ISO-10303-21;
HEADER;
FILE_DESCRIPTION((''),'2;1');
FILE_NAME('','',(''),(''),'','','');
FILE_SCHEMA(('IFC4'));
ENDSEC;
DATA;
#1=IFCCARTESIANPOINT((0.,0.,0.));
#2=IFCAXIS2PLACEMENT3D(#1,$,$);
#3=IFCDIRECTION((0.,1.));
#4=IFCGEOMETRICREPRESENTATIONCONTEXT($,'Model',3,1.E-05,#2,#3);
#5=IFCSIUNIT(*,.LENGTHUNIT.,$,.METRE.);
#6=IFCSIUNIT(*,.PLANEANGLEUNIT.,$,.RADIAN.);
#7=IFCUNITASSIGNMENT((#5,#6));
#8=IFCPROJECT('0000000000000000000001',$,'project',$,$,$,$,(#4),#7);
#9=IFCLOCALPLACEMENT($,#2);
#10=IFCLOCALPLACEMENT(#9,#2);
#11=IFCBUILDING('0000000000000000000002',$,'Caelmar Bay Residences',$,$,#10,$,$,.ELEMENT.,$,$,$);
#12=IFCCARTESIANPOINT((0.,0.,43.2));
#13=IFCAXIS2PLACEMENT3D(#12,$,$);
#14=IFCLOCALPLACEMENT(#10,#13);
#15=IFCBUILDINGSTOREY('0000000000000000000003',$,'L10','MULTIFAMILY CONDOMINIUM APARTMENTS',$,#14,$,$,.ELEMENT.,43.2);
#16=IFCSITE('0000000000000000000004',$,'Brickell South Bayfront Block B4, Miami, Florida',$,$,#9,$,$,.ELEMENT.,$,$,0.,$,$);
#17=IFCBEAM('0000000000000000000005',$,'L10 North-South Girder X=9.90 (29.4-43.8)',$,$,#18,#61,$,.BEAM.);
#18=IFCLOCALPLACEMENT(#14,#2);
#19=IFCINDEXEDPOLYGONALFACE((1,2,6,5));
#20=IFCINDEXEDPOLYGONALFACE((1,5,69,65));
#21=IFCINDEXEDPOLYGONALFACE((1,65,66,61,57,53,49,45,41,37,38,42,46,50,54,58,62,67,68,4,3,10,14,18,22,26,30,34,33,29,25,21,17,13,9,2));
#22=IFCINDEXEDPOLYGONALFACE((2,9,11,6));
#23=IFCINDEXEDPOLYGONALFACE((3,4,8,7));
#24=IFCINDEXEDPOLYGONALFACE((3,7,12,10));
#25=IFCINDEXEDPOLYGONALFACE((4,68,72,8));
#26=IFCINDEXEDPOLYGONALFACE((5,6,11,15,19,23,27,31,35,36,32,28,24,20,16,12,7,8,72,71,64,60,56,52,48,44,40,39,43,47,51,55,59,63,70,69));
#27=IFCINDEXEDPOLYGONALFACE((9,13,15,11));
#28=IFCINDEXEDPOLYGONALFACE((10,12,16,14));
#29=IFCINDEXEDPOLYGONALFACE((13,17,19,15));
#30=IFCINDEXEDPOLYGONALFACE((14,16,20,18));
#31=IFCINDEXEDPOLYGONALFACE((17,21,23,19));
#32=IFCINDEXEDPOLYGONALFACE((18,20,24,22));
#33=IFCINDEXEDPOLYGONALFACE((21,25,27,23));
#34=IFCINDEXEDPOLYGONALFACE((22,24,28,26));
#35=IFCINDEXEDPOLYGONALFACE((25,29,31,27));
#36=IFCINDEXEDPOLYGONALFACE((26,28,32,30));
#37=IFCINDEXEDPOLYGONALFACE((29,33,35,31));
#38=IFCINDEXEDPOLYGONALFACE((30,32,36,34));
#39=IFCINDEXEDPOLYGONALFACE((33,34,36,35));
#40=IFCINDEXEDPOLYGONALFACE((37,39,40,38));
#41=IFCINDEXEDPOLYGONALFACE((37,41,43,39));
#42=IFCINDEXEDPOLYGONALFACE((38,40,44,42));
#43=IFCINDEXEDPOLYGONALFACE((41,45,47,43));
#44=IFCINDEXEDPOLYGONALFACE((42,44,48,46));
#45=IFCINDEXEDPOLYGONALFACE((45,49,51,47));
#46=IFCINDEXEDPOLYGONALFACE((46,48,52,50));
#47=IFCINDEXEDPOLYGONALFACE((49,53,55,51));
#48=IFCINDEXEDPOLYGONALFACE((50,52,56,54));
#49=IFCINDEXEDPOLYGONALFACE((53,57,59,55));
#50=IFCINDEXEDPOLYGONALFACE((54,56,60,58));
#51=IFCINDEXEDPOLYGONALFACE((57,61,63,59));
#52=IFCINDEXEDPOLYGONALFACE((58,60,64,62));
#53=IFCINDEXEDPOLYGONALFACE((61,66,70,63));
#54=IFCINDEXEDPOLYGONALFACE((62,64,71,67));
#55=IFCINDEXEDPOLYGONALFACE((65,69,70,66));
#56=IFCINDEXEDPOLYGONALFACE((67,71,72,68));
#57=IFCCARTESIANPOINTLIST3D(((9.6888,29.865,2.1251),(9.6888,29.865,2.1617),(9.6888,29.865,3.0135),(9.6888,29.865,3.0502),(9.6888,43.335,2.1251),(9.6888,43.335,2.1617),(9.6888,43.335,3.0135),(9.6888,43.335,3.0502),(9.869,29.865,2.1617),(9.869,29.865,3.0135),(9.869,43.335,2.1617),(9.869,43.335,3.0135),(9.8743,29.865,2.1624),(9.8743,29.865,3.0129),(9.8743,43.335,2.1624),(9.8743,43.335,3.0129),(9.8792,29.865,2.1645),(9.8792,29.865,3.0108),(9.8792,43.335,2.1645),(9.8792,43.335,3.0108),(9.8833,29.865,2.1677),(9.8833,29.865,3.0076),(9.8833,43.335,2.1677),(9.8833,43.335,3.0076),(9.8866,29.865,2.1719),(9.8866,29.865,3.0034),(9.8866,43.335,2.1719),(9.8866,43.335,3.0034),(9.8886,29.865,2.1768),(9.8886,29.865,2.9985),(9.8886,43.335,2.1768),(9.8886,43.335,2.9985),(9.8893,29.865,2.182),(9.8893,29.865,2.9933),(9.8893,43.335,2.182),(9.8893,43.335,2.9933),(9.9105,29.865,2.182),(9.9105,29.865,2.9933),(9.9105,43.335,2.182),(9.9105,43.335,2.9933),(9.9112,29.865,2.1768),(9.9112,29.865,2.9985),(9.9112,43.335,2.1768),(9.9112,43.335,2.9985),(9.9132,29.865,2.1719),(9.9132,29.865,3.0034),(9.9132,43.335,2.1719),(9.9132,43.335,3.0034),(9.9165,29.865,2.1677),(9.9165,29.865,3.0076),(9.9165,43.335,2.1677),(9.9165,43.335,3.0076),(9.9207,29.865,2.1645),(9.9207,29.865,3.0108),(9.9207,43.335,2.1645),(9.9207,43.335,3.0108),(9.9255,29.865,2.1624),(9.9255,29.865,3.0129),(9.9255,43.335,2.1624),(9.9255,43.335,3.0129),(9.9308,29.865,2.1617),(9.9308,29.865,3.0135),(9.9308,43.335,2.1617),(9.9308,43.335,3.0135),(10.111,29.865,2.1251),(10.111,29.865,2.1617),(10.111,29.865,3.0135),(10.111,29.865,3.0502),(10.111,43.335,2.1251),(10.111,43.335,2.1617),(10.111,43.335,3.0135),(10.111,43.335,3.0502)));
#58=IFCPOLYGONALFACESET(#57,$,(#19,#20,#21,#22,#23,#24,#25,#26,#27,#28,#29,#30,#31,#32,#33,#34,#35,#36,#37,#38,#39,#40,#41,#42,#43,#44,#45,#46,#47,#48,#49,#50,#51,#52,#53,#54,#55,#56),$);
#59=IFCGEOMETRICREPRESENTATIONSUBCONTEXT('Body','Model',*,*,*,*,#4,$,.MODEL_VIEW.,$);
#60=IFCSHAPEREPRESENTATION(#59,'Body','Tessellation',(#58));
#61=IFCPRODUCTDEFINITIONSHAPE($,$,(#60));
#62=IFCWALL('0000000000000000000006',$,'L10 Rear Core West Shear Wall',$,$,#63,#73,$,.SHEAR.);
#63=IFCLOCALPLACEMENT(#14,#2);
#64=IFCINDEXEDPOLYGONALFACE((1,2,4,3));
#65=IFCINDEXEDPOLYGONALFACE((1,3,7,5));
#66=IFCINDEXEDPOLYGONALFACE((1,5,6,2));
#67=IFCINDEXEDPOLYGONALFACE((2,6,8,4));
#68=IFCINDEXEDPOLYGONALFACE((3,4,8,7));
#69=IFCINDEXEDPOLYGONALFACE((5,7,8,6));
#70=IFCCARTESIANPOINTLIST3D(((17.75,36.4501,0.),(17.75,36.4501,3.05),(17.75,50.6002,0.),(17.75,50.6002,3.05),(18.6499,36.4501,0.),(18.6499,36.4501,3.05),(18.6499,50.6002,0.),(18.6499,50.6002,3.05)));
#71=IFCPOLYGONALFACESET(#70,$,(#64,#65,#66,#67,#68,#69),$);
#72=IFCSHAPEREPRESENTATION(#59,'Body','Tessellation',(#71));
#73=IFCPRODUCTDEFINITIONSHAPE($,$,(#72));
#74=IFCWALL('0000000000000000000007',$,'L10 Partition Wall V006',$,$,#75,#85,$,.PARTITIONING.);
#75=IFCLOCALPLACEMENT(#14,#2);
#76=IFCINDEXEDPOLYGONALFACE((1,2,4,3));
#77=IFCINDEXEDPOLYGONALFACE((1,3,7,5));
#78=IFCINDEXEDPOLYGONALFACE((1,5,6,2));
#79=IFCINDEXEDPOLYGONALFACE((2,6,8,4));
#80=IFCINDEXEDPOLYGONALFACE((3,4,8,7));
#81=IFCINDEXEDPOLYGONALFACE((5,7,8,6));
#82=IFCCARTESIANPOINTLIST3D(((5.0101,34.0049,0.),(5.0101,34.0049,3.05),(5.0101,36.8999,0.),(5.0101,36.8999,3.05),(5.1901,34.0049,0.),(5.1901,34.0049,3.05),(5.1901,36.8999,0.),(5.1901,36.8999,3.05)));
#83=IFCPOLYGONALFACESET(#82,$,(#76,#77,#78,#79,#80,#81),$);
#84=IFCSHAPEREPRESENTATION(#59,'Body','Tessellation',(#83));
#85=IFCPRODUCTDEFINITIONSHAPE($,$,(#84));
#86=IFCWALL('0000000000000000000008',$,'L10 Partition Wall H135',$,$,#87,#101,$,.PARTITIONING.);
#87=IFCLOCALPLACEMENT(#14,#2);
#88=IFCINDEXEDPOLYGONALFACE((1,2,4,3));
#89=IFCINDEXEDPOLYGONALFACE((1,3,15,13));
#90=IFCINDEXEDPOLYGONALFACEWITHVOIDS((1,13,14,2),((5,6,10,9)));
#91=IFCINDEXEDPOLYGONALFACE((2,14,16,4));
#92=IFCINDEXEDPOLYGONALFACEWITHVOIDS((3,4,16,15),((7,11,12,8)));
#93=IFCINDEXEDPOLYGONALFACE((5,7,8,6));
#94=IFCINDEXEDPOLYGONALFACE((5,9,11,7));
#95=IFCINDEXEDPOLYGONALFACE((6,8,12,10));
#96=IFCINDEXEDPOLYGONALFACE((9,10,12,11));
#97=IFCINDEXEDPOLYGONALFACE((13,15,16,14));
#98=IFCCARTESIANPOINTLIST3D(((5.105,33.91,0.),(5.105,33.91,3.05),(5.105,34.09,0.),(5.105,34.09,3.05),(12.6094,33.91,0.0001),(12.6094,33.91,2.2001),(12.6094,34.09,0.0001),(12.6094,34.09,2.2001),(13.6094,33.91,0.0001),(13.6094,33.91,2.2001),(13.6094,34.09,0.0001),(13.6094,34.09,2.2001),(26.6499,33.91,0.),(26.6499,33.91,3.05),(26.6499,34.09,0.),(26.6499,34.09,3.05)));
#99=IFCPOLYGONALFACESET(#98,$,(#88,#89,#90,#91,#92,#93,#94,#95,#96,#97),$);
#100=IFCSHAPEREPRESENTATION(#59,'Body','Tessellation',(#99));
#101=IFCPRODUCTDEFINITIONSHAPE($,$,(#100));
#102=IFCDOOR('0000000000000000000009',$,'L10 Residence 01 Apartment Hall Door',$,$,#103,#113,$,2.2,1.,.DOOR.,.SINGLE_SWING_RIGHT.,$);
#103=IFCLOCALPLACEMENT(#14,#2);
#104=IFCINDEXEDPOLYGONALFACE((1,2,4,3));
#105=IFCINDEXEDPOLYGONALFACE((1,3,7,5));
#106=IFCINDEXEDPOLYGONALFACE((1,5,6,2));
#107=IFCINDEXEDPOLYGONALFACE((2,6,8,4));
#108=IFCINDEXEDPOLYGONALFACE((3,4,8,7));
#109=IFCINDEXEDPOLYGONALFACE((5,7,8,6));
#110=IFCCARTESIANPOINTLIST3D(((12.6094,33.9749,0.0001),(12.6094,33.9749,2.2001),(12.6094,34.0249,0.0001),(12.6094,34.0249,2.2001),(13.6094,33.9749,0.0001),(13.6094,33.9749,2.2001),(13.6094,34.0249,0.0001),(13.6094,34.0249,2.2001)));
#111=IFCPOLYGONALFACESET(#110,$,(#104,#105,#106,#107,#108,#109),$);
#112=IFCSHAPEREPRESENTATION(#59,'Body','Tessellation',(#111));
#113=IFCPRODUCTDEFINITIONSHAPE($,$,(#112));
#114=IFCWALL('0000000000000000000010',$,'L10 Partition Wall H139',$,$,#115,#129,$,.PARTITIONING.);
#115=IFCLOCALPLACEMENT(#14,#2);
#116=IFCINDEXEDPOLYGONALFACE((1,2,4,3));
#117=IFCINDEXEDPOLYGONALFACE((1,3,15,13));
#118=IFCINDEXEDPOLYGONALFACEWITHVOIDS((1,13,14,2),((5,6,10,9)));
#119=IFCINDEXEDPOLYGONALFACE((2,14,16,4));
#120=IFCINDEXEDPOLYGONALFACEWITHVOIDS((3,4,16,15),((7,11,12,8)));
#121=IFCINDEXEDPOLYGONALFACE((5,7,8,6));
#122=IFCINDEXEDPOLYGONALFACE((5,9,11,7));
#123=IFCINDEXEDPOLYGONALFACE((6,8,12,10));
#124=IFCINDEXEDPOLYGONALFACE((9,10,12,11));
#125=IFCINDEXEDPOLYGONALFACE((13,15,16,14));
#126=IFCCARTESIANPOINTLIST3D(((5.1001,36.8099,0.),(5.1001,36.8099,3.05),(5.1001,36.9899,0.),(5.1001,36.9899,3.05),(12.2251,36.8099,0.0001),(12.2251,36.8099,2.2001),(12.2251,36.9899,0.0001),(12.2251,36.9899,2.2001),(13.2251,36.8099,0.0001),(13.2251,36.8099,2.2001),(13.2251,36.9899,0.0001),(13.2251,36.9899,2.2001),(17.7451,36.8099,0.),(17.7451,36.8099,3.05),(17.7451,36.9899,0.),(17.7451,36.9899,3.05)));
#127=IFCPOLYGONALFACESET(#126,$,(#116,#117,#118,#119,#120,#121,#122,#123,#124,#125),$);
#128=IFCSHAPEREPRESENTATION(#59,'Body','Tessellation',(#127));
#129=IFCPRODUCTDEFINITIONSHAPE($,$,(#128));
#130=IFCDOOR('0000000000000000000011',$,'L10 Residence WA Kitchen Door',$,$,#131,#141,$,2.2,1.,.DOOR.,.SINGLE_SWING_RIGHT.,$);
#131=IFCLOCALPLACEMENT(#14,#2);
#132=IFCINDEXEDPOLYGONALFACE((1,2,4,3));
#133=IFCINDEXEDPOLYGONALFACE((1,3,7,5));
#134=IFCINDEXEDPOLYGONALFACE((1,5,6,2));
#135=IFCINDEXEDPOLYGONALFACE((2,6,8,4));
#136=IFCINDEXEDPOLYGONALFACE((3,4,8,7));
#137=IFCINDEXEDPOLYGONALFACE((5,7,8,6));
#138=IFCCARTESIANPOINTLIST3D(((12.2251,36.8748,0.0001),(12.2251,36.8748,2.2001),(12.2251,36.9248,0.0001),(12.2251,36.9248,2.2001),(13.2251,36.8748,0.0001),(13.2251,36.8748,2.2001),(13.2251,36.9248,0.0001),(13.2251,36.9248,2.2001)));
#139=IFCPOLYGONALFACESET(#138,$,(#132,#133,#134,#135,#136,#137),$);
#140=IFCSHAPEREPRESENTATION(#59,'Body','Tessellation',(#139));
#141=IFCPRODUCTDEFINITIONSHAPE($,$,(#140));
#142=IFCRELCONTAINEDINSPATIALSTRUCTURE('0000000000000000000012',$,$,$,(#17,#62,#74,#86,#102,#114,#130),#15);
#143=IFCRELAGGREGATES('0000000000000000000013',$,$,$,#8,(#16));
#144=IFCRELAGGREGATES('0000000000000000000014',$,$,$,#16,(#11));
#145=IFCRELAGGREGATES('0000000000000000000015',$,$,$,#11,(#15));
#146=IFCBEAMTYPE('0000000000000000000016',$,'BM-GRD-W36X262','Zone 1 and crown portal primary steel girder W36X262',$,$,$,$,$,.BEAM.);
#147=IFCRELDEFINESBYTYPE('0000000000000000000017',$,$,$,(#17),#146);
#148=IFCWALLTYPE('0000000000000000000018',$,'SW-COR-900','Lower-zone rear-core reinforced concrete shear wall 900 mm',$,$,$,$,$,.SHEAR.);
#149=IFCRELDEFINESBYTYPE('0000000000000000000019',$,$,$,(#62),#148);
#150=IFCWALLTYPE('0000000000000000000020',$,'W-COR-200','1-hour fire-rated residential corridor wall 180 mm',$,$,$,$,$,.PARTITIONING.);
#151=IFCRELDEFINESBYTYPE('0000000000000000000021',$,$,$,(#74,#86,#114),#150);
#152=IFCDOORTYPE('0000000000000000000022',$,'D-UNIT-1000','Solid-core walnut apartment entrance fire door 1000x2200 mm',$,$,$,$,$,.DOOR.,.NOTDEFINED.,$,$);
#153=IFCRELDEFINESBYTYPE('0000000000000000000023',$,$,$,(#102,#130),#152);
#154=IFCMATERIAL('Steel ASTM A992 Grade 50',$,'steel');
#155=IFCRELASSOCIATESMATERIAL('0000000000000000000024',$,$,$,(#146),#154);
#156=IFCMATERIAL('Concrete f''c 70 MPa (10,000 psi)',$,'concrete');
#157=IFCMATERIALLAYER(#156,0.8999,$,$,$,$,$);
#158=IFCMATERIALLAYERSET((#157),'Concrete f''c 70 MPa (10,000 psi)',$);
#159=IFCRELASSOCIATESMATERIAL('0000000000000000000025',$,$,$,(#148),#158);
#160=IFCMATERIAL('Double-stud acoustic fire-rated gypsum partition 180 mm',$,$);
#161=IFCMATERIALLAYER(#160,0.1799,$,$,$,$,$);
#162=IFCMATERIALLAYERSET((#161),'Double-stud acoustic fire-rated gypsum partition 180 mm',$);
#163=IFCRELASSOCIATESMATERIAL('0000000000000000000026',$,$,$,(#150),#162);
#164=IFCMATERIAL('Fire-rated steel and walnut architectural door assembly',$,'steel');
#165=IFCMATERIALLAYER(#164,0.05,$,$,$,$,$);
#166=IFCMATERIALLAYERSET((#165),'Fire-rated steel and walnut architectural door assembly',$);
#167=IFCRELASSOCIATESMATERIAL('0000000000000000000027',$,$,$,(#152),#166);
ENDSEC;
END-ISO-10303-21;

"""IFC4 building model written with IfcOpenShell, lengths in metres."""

from ifc_helpers import new_model, si_unit, direction, frame, frame_2d, origin, origin_2d, place, context, subcontext, project, spatial, rectangle, i_section, extrude, material, layer, layer_set, material_profile, profile_set, type_object, element, fill, save


model = new_model("IFC4")

# Units and contexts
model_context = context("Model", 3, precision=1e-05, world=origin(), true_north=direction((0.0, 1.0)))
body_context = subcontext(model_context, "Body", "Model", "MODEL_VIEW")
ifc_project = project(units=[si_unit("LENGTHUNIT", "METRE"), si_unit("PLANEANGLEUNIT", "RADIAN")], contexts=[model_context])

# Site, building, storey
site_placement = place(None, origin())
site = spatial("IfcSite", under=ifc_project, at=site_placement, Name="Brickell South Bayfront Block B4, Miami, Florida", CompositionType="ELEMENT", RefElevation=0.0)
building_placement = place(site_placement, origin())
building = spatial("IfcBuilding", under=site, at=building_placement, Name="Caelmar Bay Residences", CompositionType="ELEMENT")
storey_placement = place(building_placement, frame((0.0, 0.0, 43.2)))
storey = spatial("IfcBuildingStorey", under=building, at=storey_placement, Name="L10", Description="MULTIFAMILY CONDOMINIUM APARTMENTS", CompositionType="ELEMENT", Elevation=43.2)

# Beam
ifc_material_1 = material(Name="Steel ASTM A992 Grade 50", Category="steel")
ifc_material_profile_1 = material_profile(ifc_material_1, i_section(OverallWidth=0.4221, OverallDepth=0.925, WebThickness=0.0212, FlangeThickness=0.0366, FilletRadius=0.0203, at=origin_2d()), Name="W36X262")
ifc_profile_set_1 = profile_set([ifc_material_profile_1], Name="Steel ASTM A992 Grade 50")
beam_type = type_object("IfcBeamType", Name="BM-GRD-W36X262", Description="Zone 1 and crown portal primary steel girder W36X262", PredefinedType="BEAM", material=ifc_profile_set_1)
beam_placement = place(storey_placement, frame((9.8999, 29.865, 2.5876), z_axis=(0.0, 1.0, 0.0), x_axis=(-1.0, 0.0, 0.0)))
element("IfcBeam", 1, at=beam_placement, inside=storey, type_object=beam_type, Name="L10 North-South Girder X=9.90 (29.4-43.8)", PredefinedType="BEAM", context=body_context, shape_type="SweptSolid", body=[
    extrude(i_section(OverallWidth=0.4221, OverallDepth=0.925, WebThickness=0.0212, FlangeThickness=0.0366, FilletRadius=0.0203, at=origin_2d()), origin(), (0.0, 0.0, 1.0), 13.47),
])

# Shared definitions
ifc_material_2 = material(Name="Concrete f'c 70 MPa (10,000 psi)", Category="concrete")
ifc_layer_1 = layer(ifc_material_2, 0.8999)
ifc_layer_set_1 = layer_set([ifc_layer_1], Name="Concrete f'c 70 MPa (10,000 psi)")
wall_type_1 = type_object("IfcWallType", Name="SW-COR-900", Description="Lower-zone rear-core reinforced concrete shear wall 900 mm", PredefinedType="SHEAR", material=ifc_layer_set_1)
ifc_material_3 = material(Name="Fire-rated steel and walnut architectural door assembly", Category="steel")

# Walls
wall_1_placement = place(storey_placement, frame((18.2, 36.45, 0.0), z_axis=(0.0, 0.0, 1.0), x_axis=(0.0, 1.0, 0.0)))
element("IfcWall", 2, at=wall_1_placement, inside=storey, type_object=wall_type_1, Name="L10 Rear Core West Shear Wall", PredefinedType="SHEAR", context=body_context, shape_type="SweptSolid", body=[
    extrude(rectangle(XDim=14.1501, YDim=0.8999, at=frame_2d((7.0752, 0.0))), origin(), (0.0, 0.0, 1.0), 3.05),
])
ifc_material_4 = material(Name="Double-stud acoustic fire-rated gypsum partition 180 mm")
ifc_layer_2 = layer(ifc_material_4, 0.1799)
ifc_layer_set_2 = layer_set([ifc_layer_2], Name="Double-stud acoustic fire-rated gypsum partition 180 mm")
wall_type_2 = type_object("IfcWallType", Name="W-COR-200", Description="1-hour fire-rated residential corridor wall 180 mm", PredefinedType="PARTITIONING", material=ifc_layer_set_2)
wall_2_placement = place(storey_placement, frame((5.1001, 34.0049, 0.0), z_axis=(0.0, 0.0, 1.0), x_axis=(0.0, 1.0, 0.0)))
element("IfcWall", 3, at=wall_2_placement, inside=storey, type_object=wall_type_2, Name="L10 Partition Wall V006", PredefinedType="PARTITIONING", context=body_context, shape_type="SweptSolid", body=[
    extrude(rectangle(XDim=2.895, YDim=0.1799, at=frame_2d((1.4475, 0.0))), origin(), (0.0, 0.0, 1.0), 3.05),
])

# Walls, openings, doors
wall_3_placement = place(storey_placement, frame((5.105, 34.0, 0.0), z_axis=(0.0, 0.0, 1.0), x_axis=(1.0, 0.0, 0.0)))
wall_3 = element("IfcWall", 4, at=wall_3_placement, inside=storey, type_object=wall_type_2, Name="L10 Partition Wall H135", PredefinedType="PARTITIONING", context=body_context, shape_type="SweptSolid", body=[
    extrude(rectangle(XDim=21.5449, YDim=0.1799, at=frame_2d((10.7725, 0.0))), origin(), (0.0, 0.0, 1.0), 3.05),
])
opening_1_placement = place(wall_3_placement, frame((7.5044, 0.0, 0.0)))
opening_1 = element("IfcOpeningElement", 5, at=opening_1_placement, cuts=wall_3, PredefinedType="OPENING", context=body_context, shape_type="SweptSolid", body=[
    extrude(rectangle(XDim=1.0, YDim=2.2, at=frame_2d((0.5, 1.1001))), frame((0.0, 0.0999, 0.0), z_axis=(0.0, -1.0, 0.0), x_axis=(1.0, 0.0, 0.0)), (0.0, 0.0, 1.0), 0.2),
])
ifc_layer_3 = layer(ifc_material_3, 0.05)
ifc_layer_set_3 = layer_set([ifc_layer_3], Name="Fire-rated steel and walnut architectural door assembly")
door_type_1 = type_object("IfcDoorType", Name="D-UNIT-1000", Description="Solid-core walnut apartment entrance fire door 1000x2200 mm", OperationType="NOTDEFINED", PredefinedType="DOOR", material=ifc_layer_set_3)
door_1_placement = place(opening_1_placement, origin())
door_1 = element("IfcDoor", 6, at=door_1_placement, inside=storey, type_object=door_type_1, Name="L10 Residence 01 Apartment Hall Door", OperationType="SINGLE_SWING_RIGHT", OverallHeight=2.2, OverallWidth=1.0, PredefinedType="DOOR", context=body_context, shape_type="SweptSolid", body=[
    extrude(rectangle(XDim=1.0, YDim=2.2, at=frame_2d((0.5, 1.1001))), frame((0.0, 0.0249, 0.0), z_axis=(0.0, -1.0, 0.0), x_axis=(1.0, 0.0, 0.0)), (0.0, 0.0, 1.0), 0.05),
])
fill(opening_1, door_1)
wall_4_placement = place(storey_placement, frame((5.1001, 36.8999, 0.0), z_axis=(0.0, 0.0, 1.0), x_axis=(1.0, 0.0, 0.0)))
wall_4 = element("IfcWall", 7, at=wall_4_placement, inside=storey, type_object=wall_type_2, Name="L10 Partition Wall H139", PredefinedType="PARTITIONING", context=body_context, shape_type="SweptSolid", body=[
    extrude(rectangle(XDim=12.645, YDim=0.1799, at=frame_2d((6.3225, 0.0))), origin(), (0.0, 0.0, 1.0), 3.05),
])
opening_2_placement = place(wall_4_placement, frame((7.125, 0.0, 0.0)))
opening_2 = element("IfcOpeningElement", 8, at=opening_2_placement, cuts=wall_4, PredefinedType="OPENING", context=body_context, shape_type="SweptSolid", body=[
    extrude(rectangle(XDim=1.0, YDim=2.2, at=frame_2d((0.5, 1.1001))), frame((0.0, 0.0999, 0.0), z_axis=(0.0, -1.0, 0.0), x_axis=(1.0, 0.0, 0.0)), (0.0, 0.0, 1.0), 0.2),
])
door_2_placement = place(opening_2_placement, origin())
door_2 = element("IfcDoor", 9, at=door_2_placement, inside=storey, type_object=door_type_1, Name="L10 Residence WA Kitchen Door", OperationType="SINGLE_SWING_RIGHT", OverallHeight=2.2, OverallWidth=1.0, PredefinedType="DOOR", context=body_context, shape_type="SweptSolid", body=[
    extrude(rectangle(XDim=1.0, YDim=2.2, at=frame_2d((0.5, 1.1001))), frame((0.0, 0.0249, 0.0), z_axis=(0.0, -1.0, 0.0), x_axis=(1.0, 0.0, 0.0)), (0.0, 0.0, 1.0), 0.05),
])
fill(opening_2, door_2)

save(model, "model.ifc")
